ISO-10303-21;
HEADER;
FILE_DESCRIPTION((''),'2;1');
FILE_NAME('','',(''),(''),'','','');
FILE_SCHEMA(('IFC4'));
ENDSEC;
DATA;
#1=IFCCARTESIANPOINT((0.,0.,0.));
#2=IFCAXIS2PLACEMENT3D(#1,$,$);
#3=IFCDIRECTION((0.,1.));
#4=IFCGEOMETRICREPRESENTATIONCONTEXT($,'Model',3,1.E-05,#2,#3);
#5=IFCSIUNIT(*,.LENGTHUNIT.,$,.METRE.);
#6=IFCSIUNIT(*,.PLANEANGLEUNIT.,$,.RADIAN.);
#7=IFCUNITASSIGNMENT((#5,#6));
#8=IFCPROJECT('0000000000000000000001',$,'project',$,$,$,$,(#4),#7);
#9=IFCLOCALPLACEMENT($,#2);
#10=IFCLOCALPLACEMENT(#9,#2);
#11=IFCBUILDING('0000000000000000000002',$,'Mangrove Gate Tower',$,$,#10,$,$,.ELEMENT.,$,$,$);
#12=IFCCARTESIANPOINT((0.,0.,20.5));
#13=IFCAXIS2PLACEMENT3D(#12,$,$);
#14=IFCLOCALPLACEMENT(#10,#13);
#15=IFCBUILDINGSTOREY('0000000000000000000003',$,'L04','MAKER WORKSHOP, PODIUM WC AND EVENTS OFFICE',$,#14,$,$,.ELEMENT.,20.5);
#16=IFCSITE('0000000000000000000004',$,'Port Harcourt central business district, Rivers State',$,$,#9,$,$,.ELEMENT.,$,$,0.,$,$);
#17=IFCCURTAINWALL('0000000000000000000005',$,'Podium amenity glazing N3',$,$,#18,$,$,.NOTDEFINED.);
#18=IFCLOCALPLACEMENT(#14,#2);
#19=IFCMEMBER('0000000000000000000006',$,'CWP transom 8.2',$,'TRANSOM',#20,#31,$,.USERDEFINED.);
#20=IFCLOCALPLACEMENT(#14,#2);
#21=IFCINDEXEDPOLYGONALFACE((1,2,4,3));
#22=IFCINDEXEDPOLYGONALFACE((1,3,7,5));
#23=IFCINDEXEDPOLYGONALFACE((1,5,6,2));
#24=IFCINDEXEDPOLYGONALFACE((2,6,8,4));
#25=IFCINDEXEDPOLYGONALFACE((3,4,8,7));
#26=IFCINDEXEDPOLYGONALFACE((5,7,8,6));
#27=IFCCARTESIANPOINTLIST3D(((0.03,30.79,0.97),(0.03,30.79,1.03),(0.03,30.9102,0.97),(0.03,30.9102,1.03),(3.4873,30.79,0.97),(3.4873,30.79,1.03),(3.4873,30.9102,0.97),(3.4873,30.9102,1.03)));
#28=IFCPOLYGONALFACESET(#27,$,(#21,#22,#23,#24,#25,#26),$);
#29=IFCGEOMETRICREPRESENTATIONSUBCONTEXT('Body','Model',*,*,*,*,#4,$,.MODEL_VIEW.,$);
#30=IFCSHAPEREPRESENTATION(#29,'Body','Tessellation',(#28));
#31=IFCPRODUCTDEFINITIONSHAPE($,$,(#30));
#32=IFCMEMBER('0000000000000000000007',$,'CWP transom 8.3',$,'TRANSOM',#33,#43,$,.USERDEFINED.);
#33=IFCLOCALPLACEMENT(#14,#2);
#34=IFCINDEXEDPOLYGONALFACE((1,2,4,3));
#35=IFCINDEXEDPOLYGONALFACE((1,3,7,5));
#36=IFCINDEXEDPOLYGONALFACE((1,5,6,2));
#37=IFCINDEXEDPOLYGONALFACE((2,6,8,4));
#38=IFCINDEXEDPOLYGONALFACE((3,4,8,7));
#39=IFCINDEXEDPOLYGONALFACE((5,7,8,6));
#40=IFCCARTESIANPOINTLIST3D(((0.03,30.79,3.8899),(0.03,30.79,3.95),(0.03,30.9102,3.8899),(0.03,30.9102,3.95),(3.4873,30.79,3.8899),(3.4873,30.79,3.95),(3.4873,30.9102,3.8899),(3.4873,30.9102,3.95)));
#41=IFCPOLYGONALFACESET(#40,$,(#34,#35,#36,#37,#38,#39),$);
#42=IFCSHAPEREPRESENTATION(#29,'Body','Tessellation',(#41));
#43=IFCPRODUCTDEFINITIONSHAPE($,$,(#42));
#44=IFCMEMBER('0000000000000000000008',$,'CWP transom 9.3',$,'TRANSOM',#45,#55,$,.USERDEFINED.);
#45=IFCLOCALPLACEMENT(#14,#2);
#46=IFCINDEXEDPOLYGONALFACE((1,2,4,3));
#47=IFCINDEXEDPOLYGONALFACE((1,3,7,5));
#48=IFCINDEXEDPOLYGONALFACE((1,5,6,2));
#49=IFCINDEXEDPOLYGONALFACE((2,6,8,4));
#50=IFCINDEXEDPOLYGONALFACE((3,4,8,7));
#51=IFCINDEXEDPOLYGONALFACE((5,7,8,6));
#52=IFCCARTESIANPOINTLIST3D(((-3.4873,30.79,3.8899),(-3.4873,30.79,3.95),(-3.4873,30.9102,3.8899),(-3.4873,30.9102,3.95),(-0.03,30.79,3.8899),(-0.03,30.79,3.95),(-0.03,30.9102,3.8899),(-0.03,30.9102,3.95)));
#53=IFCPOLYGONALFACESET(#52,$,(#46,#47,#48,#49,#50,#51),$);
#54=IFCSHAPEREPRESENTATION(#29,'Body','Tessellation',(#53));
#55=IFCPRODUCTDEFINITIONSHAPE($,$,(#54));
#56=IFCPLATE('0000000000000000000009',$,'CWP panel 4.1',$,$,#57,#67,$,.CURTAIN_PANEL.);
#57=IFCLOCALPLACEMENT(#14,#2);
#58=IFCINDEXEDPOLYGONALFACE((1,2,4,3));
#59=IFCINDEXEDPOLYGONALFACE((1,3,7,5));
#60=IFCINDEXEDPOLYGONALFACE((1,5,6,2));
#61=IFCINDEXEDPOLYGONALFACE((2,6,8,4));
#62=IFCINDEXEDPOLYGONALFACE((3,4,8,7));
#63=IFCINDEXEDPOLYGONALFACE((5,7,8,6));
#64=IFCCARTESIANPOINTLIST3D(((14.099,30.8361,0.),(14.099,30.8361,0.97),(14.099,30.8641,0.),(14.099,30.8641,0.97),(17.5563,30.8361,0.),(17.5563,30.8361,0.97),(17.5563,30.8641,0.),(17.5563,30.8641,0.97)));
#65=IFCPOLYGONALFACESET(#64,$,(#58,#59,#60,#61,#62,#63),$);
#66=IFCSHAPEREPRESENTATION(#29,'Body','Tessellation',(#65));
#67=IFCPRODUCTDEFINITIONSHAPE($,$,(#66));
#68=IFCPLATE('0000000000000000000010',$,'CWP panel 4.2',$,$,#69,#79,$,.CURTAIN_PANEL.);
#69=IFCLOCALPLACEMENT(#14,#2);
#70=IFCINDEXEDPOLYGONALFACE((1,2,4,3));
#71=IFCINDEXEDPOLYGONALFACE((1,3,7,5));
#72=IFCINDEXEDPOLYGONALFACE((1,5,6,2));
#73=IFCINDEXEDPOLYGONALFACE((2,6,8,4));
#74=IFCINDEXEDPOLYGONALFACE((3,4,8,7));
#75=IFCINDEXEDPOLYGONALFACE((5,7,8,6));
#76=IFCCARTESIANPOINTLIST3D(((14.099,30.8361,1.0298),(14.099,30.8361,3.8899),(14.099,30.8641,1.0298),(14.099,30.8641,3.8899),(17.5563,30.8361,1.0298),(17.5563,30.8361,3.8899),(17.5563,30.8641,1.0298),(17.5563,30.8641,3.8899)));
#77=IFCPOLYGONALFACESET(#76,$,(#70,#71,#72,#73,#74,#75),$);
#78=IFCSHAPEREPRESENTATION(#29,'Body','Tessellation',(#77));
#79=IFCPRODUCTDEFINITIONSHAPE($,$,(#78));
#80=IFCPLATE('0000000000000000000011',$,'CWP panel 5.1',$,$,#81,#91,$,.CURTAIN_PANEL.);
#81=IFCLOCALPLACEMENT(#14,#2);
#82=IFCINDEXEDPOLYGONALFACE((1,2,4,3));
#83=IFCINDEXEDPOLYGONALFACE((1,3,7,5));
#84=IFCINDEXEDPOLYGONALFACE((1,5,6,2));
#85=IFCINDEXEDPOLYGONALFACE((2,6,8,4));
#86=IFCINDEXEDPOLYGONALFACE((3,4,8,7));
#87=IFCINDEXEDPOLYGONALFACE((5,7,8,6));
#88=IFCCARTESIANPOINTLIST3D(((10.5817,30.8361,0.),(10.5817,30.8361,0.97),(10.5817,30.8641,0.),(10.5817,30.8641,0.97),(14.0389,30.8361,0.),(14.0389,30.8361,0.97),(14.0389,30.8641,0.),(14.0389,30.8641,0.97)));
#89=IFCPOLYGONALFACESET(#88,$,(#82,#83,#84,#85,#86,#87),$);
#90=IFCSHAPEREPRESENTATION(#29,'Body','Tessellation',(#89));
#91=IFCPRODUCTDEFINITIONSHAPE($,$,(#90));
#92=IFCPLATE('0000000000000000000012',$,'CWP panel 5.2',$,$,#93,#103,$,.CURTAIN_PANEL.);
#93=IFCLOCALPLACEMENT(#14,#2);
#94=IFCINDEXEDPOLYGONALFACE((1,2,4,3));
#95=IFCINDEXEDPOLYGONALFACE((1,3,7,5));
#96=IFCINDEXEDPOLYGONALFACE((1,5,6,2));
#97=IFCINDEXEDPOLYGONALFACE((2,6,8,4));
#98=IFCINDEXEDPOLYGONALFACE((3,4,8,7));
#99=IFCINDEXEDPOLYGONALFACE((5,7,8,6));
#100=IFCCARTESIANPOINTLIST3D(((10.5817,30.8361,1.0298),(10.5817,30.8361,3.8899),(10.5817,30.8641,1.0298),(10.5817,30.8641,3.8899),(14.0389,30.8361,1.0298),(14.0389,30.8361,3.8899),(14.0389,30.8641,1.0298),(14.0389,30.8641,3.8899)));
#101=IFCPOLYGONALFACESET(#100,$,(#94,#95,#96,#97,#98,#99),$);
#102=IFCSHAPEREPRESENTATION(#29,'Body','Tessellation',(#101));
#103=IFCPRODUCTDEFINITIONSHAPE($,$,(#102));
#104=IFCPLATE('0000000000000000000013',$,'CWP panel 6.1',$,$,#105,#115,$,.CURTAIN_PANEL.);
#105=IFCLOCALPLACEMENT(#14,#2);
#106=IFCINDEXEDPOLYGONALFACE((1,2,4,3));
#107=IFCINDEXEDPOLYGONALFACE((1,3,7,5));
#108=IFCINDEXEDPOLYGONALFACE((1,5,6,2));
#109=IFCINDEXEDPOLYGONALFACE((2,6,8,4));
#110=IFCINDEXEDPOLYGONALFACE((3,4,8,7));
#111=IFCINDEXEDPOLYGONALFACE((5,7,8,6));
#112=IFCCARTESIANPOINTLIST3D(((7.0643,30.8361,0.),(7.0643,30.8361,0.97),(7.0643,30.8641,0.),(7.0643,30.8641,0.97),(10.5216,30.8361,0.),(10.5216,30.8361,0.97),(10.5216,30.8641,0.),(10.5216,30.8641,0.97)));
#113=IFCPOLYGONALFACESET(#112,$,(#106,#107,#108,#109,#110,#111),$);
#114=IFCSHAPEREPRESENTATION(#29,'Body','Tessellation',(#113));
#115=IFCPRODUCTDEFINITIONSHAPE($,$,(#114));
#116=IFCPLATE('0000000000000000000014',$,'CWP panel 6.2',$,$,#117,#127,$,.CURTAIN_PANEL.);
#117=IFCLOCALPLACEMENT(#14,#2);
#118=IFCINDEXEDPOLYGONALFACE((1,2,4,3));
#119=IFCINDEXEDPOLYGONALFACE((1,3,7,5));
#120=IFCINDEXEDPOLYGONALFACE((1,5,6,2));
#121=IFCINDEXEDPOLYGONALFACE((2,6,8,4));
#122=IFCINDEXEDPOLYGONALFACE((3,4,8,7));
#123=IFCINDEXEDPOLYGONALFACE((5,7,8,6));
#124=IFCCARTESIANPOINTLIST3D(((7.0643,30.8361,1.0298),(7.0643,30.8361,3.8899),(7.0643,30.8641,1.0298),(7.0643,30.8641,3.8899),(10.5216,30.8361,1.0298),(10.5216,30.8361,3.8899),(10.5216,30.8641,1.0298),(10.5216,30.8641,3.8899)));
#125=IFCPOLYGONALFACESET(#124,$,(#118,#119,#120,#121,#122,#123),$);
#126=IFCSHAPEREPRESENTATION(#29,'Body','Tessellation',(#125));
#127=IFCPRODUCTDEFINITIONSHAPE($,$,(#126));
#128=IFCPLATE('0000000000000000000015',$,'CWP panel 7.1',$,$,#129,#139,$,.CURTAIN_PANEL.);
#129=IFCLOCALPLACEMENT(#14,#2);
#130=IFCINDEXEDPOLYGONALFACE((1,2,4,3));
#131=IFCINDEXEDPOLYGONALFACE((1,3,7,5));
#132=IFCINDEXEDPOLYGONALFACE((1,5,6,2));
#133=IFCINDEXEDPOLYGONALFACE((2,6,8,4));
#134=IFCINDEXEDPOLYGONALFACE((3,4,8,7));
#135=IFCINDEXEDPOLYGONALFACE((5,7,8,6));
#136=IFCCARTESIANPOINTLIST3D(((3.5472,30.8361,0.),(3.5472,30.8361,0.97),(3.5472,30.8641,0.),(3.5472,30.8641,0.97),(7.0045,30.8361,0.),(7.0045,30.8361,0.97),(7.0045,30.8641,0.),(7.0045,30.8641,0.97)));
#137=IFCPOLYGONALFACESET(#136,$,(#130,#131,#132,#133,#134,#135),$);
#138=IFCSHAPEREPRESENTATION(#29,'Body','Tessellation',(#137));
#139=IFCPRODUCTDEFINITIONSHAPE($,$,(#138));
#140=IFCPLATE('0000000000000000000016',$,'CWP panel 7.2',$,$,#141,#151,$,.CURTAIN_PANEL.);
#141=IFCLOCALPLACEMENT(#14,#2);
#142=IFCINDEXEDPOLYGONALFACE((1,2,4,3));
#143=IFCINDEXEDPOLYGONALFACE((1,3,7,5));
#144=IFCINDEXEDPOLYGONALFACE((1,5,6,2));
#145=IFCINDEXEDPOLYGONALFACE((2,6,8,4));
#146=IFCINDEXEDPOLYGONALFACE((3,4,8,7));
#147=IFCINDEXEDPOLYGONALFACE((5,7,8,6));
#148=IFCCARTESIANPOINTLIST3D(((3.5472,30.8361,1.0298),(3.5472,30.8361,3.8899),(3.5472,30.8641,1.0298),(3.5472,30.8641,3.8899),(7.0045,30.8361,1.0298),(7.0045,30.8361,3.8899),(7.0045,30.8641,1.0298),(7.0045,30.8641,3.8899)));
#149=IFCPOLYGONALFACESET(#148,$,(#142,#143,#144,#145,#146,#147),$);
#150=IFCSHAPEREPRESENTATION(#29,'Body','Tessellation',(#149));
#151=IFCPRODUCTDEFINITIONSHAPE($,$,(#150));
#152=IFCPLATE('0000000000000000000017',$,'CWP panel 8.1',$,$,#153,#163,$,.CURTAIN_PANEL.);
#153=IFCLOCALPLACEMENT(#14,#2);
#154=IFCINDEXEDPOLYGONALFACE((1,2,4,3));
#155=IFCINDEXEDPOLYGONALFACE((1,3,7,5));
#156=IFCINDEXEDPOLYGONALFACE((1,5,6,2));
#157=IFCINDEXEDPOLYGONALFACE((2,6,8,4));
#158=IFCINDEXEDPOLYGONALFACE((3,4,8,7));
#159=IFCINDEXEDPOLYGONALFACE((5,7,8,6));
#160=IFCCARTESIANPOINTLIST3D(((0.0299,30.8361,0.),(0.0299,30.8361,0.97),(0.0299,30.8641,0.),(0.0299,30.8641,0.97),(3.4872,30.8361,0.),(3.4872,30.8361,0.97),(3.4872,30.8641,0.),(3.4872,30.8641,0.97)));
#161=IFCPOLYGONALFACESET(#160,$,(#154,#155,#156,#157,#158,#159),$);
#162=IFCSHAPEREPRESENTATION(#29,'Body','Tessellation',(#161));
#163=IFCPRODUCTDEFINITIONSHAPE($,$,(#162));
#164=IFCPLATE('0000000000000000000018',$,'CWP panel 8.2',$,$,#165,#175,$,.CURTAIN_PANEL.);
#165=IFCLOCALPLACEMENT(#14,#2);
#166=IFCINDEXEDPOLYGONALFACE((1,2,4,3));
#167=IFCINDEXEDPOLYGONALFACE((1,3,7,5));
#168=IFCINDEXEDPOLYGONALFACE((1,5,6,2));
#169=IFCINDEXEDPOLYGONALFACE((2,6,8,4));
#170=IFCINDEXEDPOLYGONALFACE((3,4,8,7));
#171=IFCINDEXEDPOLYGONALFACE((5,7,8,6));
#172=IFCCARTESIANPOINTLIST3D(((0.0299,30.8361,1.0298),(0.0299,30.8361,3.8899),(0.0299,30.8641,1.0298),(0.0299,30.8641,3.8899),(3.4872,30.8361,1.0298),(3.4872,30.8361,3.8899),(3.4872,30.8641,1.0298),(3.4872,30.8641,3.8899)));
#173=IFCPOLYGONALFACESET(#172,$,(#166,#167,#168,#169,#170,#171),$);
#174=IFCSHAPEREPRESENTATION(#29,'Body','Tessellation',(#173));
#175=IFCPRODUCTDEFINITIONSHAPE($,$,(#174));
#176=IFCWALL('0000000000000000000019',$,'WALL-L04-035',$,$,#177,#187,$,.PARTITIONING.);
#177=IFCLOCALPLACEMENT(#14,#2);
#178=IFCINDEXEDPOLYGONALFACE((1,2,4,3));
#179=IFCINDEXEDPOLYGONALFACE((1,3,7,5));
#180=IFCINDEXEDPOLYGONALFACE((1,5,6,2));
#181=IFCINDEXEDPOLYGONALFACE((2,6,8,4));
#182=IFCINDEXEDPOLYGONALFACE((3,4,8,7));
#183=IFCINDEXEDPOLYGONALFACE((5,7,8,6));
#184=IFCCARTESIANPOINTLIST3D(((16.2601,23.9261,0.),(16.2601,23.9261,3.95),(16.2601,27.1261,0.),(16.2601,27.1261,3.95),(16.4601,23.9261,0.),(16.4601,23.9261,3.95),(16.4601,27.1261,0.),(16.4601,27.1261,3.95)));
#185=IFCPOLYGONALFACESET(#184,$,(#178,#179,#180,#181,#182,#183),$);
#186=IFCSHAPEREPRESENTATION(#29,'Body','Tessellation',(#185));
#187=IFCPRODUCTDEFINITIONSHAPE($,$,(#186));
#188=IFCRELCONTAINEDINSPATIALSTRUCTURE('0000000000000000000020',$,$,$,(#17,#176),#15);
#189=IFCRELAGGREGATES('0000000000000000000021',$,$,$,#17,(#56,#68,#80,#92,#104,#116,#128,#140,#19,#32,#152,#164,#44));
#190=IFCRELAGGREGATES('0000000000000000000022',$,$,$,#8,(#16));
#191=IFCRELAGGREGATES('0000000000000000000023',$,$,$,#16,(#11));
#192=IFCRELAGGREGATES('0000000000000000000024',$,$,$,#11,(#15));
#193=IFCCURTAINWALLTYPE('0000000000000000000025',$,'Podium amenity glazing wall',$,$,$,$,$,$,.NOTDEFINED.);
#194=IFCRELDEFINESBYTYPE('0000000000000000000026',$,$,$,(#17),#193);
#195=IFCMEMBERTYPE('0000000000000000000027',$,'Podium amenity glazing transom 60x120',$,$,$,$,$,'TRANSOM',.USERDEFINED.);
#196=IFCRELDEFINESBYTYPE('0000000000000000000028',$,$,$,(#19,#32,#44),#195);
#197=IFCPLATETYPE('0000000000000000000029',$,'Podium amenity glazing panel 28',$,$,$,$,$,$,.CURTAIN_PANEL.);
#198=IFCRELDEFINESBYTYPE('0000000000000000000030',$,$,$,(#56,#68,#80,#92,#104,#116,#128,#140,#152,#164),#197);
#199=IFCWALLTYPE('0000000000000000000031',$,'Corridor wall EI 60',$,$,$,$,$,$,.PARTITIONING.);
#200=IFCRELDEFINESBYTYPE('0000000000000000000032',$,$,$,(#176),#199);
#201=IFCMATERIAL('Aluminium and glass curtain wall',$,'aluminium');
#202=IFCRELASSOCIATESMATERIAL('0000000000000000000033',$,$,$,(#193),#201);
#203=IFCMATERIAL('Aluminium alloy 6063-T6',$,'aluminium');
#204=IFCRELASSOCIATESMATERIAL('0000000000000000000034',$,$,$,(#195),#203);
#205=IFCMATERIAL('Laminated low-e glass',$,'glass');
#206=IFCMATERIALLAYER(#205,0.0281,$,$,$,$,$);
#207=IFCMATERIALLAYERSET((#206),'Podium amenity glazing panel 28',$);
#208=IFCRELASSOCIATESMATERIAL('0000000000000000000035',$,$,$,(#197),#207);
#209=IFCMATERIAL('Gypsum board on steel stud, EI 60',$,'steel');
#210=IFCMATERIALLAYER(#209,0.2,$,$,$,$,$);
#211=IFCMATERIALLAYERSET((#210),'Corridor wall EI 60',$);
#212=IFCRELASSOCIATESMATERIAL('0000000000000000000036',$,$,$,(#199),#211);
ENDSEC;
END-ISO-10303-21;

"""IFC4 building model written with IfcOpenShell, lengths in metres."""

from ifc_helpers import new_model, si_unit, direction, frame, frame_2d, origin, origin_2d, place, context, subcontext, project, spatial, rectangle, extrude, material, layer, layer_set, material_profile, profile_set, type_object, element, aggregate, save


model = new_model("IFC4")

# Units and contexts
model_context = context("Model", 3, precision=1e-05, world=origin(), true_north=direction((0.0, 1.0)))
body_context = subcontext(model_context, "Body", "Model", "MODEL_VIEW")
ifc_project = project(units=[si_unit("LENGTHUNIT", "METRE"), si_unit("PLANEANGLEUNIT", "RADIAN")], contexts=[model_context])

# Site, building, storey
site_placement = place(None, origin())
site = spatial("IfcSite", under=ifc_project, at=site_placement, Name="Port Harcourt central business district, Rivers State", CompositionType="ELEMENT", RefElevation=0.0)
building_placement = place(site_placement, origin())
building = spatial("IfcBuilding", under=site, at=building_placement, Name="Mangrove Gate Tower", CompositionType="ELEMENT")
storey_placement = place(building_placement, frame((0.0, 0.0, 20.5)))
storey = spatial("IfcBuildingStorey", under=building, at=storey_placement, Name="L04", Description="MAKER WORKSHOP, PODIUM WC AND EVENTS OFFICE", CompositionType="ELEMENT", Elevation=20.5)

# Curtain wall, members, plates
ifc_material_1 = material(Name="Aluminium and glass curtain wall", Category="aluminium")
curtain_wall_type = type_object("IfcCurtainWallType", Name="Podium amenity glazing wall", PredefinedType="NOTDEFINED", material=ifc_material_1)
curtain_wall_placement = place(storey_placement, origin())
curtain_wall = element("IfcCurtainWall", 1, at=curtain_wall_placement, inside=storey, type_object=curtain_wall_type, Name="Podium amenity glazing N3", PredefinedType="NOTDEFINED")
ifc_material_2 = material(Name="Aluminium alloy 6063-T6", Category="aluminium")
ifc_material_profile_1 = material_profile(ifc_material_2, rectangle(XDim=0.0601, YDim=0.1201, at=origin_2d()))
ifc_profile_set_1 = profile_set([ifc_material_profile_1], Name="Aluminium alloy 6063-T6")
member_type_1 = type_object("IfcMemberType", Name="Podium amenity glazing transom 60x120", ElementType="TRANSOM", PredefinedType="USERDEFINED", material=ifc_profile_set_1)
member_1_placement = place(storey_placement, frame((3.4873, 30.8501, 1.0), z_axis=(-1.0, 0.0, 0.0), x_axis=(0.0, 0.0, 1.0)))
member_1 = element("IfcMember", 2, at=member_1_placement, type_object=member_type_1, Name="CWP transom 8.2", ObjectType="TRANSOM", PredefinedType="USERDEFINED", context=body_context, shape_type="SweptSolid", body=[
    extrude(rectangle(XDim=0.0601, YDim=0.1201, at=origin_2d()), origin(), (0.0, 0.0, 1.0), 3.4573),
])
member_2_placement = place(storey_placement, frame((3.4873, 30.8501, 3.9199), z_axis=(-1.0, 0.0, 0.0), x_axis=(0.0, 0.0, 1.0)))
member_2 = element("IfcMember", 3, at=member_2_placement, type_object=member_type_1, Name="CWP transom 8.3", ObjectType="TRANSOM", PredefinedType="USERDEFINED", context=body_context, shape_type="SweptSolid", body=[
    extrude(rectangle(XDim=0.0601, YDim=0.1201, at=origin_2d()), origin(), (0.0, 0.0, 1.0), 3.4573),
])
member_3_placement = place(storey_placement, frame((-0.03, 30.8501, 3.9199), z_axis=(-1.0, 0.0, 0.0), x_axis=(0.0, 0.0, 1.0)))
member_3 = element("IfcMember", 4, at=member_3_placement, type_object=member_type_1, Name="CWP transom 9.3", ObjectType="TRANSOM", PredefinedType="USERDEFINED", context=body_context, shape_type="SweptSolid", body=[
    extrude(rectangle(XDim=0.0601, YDim=0.1201, at=origin_2d()), origin(), (0.0, 0.0, 1.0), 3.4573),
])
ifc_material_3 = material(Name="Laminated low-e glass", Category="glass")
ifc_layer_1 = layer(ifc_material_3, 0.0281)
ifc_layer_set_1 = layer_set([ifc_layer_1], Name="Podium amenity glazing panel 28")
plate_type = type_object("IfcPlateType", Name="Podium amenity glazing panel 28", PredefinedType="CURTAIN_PANEL", material=ifc_layer_set_1)
plate_1_placement = place(storey_placement, frame((15.8276, 30.8501, 0.0), z_axis=(0.0, 0.0, 1.0), x_axis=(-1.0, 0.0, 0.0)))
plate_1 = element("IfcPlate", 5, at=plate_1_placement, type_object=plate_type, Name="CWP panel 4.1", PredefinedType="CURTAIN_PANEL", context=body_context, shape_type="SweptSolid", body=[
    extrude(rectangle(XDim=3.4573, YDim=0.0281, at=origin_2d()), origin(), (0.0, 0.0, 1.0), 0.97),
])
plate_2_placement = place(storey_placement, frame((15.8276, 30.8501, 1.0298), z_axis=(0.0, 0.0, 1.0), x_axis=(-1.0, 0.0, 0.0)))
plate_2 = element("IfcPlate", 6, at=plate_2_placement, type_object=plate_type, Name="CWP panel 4.2", PredefinedType="CURTAIN_PANEL", context=body_context, shape_type="SweptSolid", body=[
    extrude(rectangle(XDim=3.4573, YDim=0.0281, at=origin_2d()), origin(), (0.0, 0.0, 1.0), 2.8601),
])
plate_3_placement = place(storey_placement, frame((12.3103, 30.8501, 0.0), z_axis=(0.0, 0.0, 1.0), x_axis=(-1.0, 0.0, 0.0)))
plate_3 = element("IfcPlate", 7, at=plate_3_placement, type_object=plate_type, Name="CWP panel 5.1", PredefinedType="CURTAIN_PANEL", context=body_context, shape_type="SweptSolid", body=[
    extrude(rectangle(XDim=3.4573, YDim=0.0281, at=origin_2d()), origin(), (0.0, 0.0, 1.0), 0.97),
])
plate_4_placement = place(storey_placement, frame((12.3103, 30.8501, 1.0298), z_axis=(0.0, 0.0, 1.0), x_axis=(-1.0, 0.0, 0.0)))
plate_4 = element("IfcPlate", 8, at=plate_4_placement, type_object=plate_type, Name="CWP panel 5.2", PredefinedType="CURTAIN_PANEL", context=body_context, shape_type="SweptSolid", body=[
    extrude(rectangle(XDim=3.4573, YDim=0.0281, at=origin_2d()), origin(), (0.0, 0.0, 1.0), 2.8601),
])
plate_5_placement = place(storey_placement, frame((8.793, 30.8501, 0.0), z_axis=(0.0, 0.0, 1.0), x_axis=(-1.0, 0.0, 0.0)))
plate_5 = element("IfcPlate", 9, at=plate_5_placement, type_object=plate_type, Name="CWP panel 6.1", PredefinedType="CURTAIN_PANEL", context=body_context, shape_type="SweptSolid", body=[
    extrude(rectangle(XDim=3.4573, YDim=0.0281, at=origin_2d()), origin(), (0.0, 0.0, 1.0), 0.97),
])
plate_6_placement = place(storey_placement, frame((8.793, 30.8501, 1.0298), z_axis=(0.0, 0.0, 1.0), x_axis=(-1.0, 0.0, 0.0)))
plate_6 = element("IfcPlate", 10, at=plate_6_placement, type_object=plate_type, Name="CWP panel 6.2", PredefinedType="CURTAIN_PANEL", context=body_context, shape_type="SweptSolid", body=[
    extrude(rectangle(XDim=3.4573, YDim=0.0281, at=origin_2d()), origin(), (0.0, 0.0, 1.0), 2.8601),
])
plate_7_placement = place(storey_placement, frame((5.2759, 30.8501, 0.0), z_axis=(0.0, 0.0, 1.0), x_axis=(-1.0, 0.0, 0.0)))
plate_7 = element("IfcPlate", 11, at=plate_7_placement, type_object=plate_type, Name="CWP panel 7.1", PredefinedType="CURTAIN_PANEL", context=body_context, shape_type="SweptSolid", body=[
    extrude(rectangle(XDim=3.4573, YDim=0.0281, at=origin_2d()), origin(), (0.0, 0.0, 1.0), 0.97),
])
plate_8_placement = place(storey_placement, frame((5.2759, 30.8501, 1.0298), z_axis=(0.0, 0.0, 1.0), x_axis=(-1.0, 0.0, 0.0)))
plate_8 = element("IfcPlate", 12, at=plate_8_placement, type_object=plate_type, Name="CWP panel 7.2", PredefinedType="CURTAIN_PANEL", context=body_context, shape_type="SweptSolid", body=[
    extrude(rectangle(XDim=3.4573, YDim=0.0281, at=origin_2d()), origin(), (0.0, 0.0, 1.0), 2.8601),
])
plate_9_placement = place(storey_placement, frame((1.7585, 30.8501, 0.0), z_axis=(0.0, 0.0, 1.0), x_axis=(-1.0, 0.0, 0.0)))
plate_9 = element("IfcPlate", 13, at=plate_9_placement, type_object=plate_type, Name="CWP panel 8.1", PredefinedType="CURTAIN_PANEL", context=body_context, shape_type="SweptSolid", body=[
    extrude(rectangle(XDim=3.4573, YDim=0.0281, at=origin_2d()), origin(), (0.0, 0.0, 1.0), 0.97),
])
plate_10_placement = place(storey_placement, frame((1.7585, 30.8501, 1.0298), z_axis=(0.0, 0.0, 1.0), x_axis=(-1.0, 0.0, 0.0)))
plate_10 = element("IfcPlate", 14, at=plate_10_placement, type_object=plate_type, Name="CWP panel 8.2", PredefinedType="CURTAIN_PANEL", context=body_context, shape_type="SweptSolid", body=[
    extrude(rectangle(XDim=3.4573, YDim=0.0281, at=origin_2d()), origin(), (0.0, 0.0, 1.0), 2.8601),
])
aggregate(curtain_wall, [plate_1, plate_2, plate_3, plate_4, plate_5, plate_6, plate_7, plate_8, member_1, member_2, plate_9, plate_10, member_3])

# Wall
ifc_material_4 = material(Name="Gypsum board on steel stud, EI 60", Category="steel")
ifc_layer_2 = layer(ifc_material_4, 0.2)
ifc_layer_set_2 = layer_set([ifc_layer_2], Name="Corridor wall EI 60")
wall_type_1 = type_object("IfcWallType", Name="Corridor wall EI 60", PredefinedType="PARTITIONING", material=ifc_layer_set_2)
wall_1_placement = place(storey_placement, frame((16.3601, 23.926, 0.0), z_axis=(0.0, 0.0, 1.0), x_axis=(0.0, 1.0, 0.0)))
element("IfcWall", 15, at=wall_1_placement, inside=storey, type_object=wall_type_1, Name="WALL-L04-035", PredefinedType="PARTITIONING", context=body_context, shape_type="SweptSolid", body=[
    extrude(rectangle(XDim=3.2, YDim=0.2, at=frame_2d((1.6001, 0.0))), origin(), (0.0, 0.0, 1.0), 3.95),
])

save(model, "model.ifc")
